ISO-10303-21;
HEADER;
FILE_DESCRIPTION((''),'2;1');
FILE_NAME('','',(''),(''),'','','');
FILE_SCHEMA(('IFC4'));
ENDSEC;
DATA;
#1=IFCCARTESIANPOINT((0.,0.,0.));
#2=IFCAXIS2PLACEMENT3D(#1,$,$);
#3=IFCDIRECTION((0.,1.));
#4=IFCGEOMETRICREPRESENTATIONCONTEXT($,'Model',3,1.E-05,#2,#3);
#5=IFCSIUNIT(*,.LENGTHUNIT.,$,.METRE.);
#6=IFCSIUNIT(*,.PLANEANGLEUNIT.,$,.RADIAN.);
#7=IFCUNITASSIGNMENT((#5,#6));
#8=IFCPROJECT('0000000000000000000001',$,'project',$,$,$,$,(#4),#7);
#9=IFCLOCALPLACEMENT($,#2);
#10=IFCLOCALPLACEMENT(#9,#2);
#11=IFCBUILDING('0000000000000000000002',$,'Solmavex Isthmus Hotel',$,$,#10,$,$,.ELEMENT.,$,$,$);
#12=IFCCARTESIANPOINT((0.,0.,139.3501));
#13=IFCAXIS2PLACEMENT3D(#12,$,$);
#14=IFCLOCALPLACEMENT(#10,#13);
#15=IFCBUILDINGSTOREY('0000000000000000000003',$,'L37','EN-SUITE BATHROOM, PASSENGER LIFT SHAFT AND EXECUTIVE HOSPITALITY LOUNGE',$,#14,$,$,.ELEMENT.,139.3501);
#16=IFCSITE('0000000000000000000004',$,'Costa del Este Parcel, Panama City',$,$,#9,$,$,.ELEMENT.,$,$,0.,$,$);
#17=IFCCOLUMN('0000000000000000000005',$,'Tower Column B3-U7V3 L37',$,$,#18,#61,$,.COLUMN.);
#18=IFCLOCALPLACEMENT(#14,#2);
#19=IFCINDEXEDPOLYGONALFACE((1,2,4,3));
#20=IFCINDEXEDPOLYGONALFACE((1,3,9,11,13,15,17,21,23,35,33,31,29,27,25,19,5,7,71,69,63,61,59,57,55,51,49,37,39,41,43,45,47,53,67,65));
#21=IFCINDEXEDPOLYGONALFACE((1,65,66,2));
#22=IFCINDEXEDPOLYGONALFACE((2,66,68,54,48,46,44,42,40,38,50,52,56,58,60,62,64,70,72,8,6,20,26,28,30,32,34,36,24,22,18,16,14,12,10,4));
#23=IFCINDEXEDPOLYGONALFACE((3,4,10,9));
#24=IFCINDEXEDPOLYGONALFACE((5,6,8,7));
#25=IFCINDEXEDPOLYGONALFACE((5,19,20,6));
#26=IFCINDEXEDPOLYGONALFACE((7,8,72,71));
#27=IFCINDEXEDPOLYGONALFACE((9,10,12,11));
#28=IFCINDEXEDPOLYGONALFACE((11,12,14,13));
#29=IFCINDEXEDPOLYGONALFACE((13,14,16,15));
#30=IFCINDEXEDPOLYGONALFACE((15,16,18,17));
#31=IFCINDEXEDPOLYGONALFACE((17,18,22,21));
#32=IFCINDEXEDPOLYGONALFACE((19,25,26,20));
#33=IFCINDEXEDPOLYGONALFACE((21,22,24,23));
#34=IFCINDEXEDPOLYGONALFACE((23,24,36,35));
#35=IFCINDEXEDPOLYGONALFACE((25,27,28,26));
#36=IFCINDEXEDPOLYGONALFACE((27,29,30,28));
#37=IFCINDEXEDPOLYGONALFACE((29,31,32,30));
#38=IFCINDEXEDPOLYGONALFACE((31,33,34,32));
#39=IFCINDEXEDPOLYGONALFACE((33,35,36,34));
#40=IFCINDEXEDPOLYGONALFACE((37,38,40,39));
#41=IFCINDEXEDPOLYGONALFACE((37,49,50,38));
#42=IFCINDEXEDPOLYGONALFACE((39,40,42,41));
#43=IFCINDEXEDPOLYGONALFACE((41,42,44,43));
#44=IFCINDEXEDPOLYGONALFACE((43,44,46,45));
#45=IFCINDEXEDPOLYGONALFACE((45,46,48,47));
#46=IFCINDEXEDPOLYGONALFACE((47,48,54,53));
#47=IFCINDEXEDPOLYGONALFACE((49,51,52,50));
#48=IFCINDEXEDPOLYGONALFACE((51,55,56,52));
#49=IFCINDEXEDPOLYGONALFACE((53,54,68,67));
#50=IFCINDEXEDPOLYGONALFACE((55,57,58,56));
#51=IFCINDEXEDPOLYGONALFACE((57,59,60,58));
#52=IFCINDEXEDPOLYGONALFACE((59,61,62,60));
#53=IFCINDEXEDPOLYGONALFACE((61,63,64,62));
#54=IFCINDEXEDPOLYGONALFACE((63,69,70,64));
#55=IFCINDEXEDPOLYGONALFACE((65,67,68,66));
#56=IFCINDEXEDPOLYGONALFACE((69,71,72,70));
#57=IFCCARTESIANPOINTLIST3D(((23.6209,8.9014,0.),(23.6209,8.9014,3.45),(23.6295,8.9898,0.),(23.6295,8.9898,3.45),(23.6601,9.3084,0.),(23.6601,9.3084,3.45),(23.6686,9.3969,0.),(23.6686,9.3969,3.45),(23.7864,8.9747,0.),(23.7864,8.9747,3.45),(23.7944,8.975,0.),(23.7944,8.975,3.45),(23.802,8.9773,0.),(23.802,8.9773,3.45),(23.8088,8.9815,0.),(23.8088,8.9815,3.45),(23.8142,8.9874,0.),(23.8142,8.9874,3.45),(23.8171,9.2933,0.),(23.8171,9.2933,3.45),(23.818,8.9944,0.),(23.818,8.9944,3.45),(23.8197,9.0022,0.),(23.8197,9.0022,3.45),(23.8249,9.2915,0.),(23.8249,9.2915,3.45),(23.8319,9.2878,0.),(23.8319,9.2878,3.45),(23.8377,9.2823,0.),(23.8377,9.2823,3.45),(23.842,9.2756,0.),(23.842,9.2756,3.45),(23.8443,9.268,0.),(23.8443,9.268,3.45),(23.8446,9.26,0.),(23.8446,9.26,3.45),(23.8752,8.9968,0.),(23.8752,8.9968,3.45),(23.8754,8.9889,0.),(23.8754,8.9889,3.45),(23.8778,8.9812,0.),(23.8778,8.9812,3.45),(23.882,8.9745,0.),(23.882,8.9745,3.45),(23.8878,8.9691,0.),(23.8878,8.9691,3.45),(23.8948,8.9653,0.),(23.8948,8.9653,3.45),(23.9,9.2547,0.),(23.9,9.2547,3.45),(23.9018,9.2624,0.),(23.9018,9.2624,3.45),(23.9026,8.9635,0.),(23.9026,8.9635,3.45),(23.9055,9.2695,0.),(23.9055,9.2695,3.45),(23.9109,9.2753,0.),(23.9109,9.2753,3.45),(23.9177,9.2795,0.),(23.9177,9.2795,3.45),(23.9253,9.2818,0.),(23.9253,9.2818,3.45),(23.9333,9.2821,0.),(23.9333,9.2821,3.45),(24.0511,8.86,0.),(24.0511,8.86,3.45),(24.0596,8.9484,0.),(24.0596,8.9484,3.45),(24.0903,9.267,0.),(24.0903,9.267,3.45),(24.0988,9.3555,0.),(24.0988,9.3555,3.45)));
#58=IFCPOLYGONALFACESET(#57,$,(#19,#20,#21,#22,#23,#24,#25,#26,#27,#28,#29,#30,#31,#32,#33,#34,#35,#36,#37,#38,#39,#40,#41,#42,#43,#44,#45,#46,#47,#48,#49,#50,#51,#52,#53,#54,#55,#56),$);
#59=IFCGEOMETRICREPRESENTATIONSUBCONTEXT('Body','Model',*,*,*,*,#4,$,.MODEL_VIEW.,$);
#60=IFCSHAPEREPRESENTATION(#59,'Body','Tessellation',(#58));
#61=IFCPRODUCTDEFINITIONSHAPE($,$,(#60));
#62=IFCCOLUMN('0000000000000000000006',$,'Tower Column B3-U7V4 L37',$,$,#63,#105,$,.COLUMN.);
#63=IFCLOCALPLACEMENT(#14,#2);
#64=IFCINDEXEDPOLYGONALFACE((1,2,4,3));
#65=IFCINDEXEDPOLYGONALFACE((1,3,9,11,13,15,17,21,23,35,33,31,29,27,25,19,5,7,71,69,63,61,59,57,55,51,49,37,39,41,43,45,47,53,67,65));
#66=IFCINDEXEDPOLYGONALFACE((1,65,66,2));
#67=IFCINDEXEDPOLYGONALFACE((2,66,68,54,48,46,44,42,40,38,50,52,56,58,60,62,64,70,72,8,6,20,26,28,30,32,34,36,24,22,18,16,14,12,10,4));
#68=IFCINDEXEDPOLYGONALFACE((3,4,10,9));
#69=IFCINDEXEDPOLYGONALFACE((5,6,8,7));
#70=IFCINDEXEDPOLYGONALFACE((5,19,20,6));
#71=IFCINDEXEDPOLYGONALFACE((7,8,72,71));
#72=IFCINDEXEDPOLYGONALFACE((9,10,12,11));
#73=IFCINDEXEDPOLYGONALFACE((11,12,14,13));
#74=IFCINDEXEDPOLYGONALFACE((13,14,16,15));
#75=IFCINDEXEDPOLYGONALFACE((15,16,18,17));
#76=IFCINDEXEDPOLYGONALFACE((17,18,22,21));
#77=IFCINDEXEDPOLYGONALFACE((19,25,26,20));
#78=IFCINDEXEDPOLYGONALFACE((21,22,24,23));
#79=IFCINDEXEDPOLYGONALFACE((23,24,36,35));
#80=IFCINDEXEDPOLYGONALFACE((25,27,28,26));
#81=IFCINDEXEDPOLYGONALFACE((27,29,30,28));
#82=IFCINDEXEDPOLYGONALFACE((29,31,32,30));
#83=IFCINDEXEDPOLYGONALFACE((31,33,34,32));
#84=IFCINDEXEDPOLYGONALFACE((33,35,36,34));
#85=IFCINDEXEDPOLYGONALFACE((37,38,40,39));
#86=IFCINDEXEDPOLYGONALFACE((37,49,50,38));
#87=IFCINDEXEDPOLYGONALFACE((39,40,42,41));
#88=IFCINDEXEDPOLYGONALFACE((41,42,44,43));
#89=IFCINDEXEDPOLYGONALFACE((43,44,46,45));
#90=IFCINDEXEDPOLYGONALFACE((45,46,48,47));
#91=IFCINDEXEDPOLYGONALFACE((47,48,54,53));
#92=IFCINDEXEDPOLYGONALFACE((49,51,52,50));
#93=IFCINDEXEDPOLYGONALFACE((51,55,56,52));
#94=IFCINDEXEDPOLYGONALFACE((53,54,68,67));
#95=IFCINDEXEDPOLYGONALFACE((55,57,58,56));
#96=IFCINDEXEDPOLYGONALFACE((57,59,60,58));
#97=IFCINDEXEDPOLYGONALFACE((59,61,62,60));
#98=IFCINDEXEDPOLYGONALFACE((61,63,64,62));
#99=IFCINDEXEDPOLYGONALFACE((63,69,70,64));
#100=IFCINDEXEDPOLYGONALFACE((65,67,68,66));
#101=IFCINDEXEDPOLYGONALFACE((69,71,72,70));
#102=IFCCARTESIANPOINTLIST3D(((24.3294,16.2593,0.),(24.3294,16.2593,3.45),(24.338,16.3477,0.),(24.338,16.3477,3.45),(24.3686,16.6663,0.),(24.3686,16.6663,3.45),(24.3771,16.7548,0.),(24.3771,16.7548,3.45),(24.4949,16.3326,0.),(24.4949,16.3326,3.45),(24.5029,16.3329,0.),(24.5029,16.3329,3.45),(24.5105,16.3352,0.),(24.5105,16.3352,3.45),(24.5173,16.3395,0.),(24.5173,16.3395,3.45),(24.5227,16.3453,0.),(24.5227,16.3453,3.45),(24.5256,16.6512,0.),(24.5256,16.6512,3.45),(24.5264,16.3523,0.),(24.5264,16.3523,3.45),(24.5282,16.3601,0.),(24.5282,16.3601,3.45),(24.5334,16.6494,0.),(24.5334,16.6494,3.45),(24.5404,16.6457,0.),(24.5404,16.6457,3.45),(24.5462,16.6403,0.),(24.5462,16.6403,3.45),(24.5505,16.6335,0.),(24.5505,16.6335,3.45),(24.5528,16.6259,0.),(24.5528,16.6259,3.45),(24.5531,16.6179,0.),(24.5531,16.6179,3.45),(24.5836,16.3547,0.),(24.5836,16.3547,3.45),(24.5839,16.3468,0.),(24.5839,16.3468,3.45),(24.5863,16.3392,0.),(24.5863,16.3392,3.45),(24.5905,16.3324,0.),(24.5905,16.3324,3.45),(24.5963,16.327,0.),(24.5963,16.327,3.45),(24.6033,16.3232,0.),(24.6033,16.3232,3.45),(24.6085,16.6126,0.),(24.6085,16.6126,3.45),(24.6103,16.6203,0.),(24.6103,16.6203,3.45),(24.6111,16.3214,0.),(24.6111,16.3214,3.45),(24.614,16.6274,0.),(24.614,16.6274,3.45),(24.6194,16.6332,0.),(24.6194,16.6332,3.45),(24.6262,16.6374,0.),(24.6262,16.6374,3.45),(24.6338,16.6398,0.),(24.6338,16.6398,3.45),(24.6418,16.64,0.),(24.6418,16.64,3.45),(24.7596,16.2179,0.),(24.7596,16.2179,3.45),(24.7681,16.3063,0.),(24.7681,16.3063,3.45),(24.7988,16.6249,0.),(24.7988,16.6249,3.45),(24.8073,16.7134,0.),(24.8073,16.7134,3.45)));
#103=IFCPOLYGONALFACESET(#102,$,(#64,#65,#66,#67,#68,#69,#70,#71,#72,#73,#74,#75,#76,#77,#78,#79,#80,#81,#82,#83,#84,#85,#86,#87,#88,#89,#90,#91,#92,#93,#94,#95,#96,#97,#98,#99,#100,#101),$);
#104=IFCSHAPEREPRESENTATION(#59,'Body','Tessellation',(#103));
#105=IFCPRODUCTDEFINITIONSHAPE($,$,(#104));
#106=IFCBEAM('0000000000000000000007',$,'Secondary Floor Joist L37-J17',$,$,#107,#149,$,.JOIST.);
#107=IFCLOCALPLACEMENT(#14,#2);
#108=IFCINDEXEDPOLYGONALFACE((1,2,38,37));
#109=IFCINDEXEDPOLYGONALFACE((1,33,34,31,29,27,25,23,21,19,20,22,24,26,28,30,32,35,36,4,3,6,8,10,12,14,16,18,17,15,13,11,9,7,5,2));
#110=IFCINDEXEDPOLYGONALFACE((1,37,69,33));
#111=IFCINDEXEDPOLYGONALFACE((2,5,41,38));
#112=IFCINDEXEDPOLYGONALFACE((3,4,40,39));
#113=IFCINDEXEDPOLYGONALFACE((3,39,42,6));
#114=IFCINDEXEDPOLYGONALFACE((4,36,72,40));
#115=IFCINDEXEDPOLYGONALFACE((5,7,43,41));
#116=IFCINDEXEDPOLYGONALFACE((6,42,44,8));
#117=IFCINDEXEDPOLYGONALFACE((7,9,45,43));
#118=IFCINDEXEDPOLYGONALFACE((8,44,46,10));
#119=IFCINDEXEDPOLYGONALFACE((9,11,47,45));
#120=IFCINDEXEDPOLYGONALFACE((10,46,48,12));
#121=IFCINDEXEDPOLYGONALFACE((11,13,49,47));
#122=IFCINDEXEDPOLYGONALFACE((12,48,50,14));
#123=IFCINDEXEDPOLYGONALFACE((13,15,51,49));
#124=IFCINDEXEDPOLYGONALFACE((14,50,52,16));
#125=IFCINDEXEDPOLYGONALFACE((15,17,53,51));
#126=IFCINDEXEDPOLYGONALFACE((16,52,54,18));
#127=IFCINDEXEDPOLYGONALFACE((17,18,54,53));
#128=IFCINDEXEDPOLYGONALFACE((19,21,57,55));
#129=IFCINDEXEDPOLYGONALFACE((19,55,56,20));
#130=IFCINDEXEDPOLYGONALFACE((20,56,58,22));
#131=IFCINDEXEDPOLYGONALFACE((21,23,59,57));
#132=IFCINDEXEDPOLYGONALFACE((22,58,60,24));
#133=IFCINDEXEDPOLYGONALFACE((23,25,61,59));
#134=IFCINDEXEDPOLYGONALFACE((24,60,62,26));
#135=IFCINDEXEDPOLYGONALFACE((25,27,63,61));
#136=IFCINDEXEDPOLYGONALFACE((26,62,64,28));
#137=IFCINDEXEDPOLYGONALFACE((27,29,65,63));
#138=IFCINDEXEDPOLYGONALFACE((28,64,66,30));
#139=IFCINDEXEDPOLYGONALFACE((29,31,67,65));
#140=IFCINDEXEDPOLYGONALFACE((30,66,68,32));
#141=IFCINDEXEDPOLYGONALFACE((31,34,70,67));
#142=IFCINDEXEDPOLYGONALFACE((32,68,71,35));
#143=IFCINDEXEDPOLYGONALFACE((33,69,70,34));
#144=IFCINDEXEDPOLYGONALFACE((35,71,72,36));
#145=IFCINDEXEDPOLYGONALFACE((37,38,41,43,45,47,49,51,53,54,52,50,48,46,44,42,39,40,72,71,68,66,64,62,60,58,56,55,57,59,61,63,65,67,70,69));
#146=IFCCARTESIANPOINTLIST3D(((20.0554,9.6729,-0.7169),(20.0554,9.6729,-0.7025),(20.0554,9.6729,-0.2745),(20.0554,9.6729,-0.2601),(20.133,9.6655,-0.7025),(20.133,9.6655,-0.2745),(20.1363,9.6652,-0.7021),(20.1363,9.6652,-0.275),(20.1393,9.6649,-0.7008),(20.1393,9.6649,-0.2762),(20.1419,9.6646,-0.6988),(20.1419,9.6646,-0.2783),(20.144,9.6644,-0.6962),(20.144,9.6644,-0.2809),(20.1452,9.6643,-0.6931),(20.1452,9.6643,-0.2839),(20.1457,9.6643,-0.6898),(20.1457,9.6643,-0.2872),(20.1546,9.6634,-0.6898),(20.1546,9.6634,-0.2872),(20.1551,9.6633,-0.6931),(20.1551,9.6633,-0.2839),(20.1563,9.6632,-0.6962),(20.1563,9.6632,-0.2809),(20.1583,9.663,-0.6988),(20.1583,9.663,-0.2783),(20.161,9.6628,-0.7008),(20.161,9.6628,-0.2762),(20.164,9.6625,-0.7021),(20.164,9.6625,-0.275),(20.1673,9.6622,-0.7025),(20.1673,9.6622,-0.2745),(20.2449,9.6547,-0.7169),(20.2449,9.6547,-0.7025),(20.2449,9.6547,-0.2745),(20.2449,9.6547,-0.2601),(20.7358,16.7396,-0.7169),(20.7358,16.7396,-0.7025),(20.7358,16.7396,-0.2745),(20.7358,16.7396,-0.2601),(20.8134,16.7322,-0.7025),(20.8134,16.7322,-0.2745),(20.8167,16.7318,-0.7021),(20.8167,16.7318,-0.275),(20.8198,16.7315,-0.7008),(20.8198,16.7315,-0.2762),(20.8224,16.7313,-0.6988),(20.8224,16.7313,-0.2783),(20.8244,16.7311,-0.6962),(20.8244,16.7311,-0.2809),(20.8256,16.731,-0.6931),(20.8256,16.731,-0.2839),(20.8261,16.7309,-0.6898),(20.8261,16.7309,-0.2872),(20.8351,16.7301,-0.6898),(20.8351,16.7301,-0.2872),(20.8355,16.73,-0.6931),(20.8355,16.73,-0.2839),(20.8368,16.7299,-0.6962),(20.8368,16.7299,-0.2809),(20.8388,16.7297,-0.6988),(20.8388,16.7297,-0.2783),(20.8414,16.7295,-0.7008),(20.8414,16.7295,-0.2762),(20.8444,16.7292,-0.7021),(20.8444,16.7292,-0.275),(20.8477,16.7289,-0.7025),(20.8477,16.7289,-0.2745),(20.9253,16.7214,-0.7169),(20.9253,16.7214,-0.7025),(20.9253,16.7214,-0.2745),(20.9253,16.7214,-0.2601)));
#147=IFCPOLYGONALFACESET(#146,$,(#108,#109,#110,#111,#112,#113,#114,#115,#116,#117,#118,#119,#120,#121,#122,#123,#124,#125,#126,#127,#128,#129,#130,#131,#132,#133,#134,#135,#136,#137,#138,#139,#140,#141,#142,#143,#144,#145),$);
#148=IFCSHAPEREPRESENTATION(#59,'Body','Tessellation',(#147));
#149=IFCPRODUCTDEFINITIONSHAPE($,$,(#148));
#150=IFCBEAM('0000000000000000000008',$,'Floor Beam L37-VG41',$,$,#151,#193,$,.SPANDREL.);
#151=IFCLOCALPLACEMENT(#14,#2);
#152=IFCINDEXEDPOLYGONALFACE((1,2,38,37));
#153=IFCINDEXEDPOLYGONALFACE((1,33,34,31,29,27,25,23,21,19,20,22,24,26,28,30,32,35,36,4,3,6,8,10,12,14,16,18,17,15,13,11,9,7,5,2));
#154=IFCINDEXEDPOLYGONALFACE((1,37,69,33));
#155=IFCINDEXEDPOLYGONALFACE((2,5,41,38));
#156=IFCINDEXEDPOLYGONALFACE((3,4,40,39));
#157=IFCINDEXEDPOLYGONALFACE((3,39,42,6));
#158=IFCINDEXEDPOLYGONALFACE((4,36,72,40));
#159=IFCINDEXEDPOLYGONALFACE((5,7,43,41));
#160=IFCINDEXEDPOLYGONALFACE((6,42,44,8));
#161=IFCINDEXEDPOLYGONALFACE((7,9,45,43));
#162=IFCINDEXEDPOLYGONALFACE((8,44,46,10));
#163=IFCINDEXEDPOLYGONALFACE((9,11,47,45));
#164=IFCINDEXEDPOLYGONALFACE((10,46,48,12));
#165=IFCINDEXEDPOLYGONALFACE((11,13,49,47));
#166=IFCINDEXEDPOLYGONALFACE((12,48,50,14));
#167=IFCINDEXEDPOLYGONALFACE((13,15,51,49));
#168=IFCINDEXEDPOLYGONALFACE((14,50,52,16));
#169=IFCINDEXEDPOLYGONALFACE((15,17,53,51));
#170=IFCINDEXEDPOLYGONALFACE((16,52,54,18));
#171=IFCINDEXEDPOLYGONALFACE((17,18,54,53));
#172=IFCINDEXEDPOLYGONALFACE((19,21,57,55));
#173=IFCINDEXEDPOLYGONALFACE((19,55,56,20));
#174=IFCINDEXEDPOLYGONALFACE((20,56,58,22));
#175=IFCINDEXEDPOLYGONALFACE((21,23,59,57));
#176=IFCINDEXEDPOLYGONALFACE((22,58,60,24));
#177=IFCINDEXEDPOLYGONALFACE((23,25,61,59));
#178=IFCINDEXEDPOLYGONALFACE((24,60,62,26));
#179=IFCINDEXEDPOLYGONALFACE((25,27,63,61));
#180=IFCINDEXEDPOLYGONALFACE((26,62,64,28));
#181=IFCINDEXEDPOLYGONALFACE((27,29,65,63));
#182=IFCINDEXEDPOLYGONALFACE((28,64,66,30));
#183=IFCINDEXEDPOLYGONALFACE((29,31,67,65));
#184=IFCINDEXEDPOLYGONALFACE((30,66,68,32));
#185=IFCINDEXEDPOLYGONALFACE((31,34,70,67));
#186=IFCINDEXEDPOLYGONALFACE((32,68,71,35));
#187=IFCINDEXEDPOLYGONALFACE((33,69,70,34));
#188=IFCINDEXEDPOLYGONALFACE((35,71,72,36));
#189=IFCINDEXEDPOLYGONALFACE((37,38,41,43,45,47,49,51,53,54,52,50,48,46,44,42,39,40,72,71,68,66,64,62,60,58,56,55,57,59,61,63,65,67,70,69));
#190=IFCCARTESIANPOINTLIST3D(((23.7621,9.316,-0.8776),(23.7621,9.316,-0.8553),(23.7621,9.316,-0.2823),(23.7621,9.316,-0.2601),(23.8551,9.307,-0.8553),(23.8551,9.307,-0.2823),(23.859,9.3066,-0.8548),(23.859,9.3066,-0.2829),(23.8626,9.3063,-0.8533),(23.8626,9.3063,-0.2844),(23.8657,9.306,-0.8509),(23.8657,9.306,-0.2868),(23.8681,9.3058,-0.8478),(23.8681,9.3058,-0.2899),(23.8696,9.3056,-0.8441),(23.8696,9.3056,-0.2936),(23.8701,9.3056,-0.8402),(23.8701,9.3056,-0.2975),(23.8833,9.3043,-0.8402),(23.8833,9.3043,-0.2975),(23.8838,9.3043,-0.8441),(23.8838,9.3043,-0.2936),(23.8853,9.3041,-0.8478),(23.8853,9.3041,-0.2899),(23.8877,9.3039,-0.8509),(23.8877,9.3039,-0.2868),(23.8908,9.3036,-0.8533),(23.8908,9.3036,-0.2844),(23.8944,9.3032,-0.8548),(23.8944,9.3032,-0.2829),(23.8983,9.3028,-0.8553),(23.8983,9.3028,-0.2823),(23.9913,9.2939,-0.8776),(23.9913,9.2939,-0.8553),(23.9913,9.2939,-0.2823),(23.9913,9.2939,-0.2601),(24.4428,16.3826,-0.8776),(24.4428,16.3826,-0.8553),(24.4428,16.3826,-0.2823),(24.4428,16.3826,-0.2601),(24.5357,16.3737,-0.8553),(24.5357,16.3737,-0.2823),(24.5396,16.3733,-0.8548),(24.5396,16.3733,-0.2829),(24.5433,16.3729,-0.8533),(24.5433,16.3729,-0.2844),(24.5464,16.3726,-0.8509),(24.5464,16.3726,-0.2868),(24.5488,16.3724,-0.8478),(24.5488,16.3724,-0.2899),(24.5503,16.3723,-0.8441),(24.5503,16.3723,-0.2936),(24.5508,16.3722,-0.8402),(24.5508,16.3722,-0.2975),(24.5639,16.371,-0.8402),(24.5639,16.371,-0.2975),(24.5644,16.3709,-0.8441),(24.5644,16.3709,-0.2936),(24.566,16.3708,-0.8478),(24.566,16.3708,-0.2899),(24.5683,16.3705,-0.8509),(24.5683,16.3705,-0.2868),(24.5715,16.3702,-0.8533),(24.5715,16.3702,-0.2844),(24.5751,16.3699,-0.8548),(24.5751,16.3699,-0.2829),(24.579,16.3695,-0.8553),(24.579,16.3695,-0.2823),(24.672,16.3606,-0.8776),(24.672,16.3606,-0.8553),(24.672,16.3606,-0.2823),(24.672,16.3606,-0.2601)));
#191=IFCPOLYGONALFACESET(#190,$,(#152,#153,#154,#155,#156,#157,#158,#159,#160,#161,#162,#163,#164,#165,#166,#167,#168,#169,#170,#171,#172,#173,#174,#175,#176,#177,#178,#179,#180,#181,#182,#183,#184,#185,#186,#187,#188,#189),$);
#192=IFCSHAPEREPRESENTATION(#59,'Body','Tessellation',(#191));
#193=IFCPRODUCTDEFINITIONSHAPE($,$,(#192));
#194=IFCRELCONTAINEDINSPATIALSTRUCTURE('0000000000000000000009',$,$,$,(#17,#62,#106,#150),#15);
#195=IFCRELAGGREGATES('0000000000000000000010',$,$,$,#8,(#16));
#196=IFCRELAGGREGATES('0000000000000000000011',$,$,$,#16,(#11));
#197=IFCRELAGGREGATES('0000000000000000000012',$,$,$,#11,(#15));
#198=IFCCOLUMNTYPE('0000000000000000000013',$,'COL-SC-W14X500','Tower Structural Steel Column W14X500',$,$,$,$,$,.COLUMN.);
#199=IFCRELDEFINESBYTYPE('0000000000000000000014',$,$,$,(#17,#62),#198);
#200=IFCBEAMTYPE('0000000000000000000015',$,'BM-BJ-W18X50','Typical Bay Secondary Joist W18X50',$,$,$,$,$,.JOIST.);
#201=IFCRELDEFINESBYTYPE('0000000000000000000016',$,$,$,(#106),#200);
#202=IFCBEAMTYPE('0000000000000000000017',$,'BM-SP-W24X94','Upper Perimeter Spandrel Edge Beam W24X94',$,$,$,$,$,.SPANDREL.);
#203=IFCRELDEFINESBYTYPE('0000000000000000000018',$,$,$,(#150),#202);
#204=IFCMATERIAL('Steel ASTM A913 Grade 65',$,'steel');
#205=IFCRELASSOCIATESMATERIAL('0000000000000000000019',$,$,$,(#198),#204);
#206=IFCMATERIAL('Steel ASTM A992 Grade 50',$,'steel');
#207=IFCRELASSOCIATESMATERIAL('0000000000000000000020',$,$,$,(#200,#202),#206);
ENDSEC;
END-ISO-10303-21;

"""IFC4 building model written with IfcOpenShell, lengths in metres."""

from ifc_helpers import new_model, si_unit, direction, frame, origin, origin_2d, place, context, subcontext, project, spatial, i_section, extrude, material, material_profile, profile_set, type_object, element, save


model = new_model("IFC4")

# Units and contexts
model_context = context("Model", 3, precision=1e-05, world=origin(), true_north=direction((0.0, 1.0)))
body_context = subcontext(model_context, "Body", "Model", "MODEL_VIEW")
ifc_project = project(units=[si_unit("LENGTHUNIT", "METRE"), si_unit("PLANEANGLEUNIT", "RADIAN")], contexts=[model_context])

# Site, building, storey
site_placement = place(None, origin())
site = spatial("IfcSite", under=ifc_project, at=site_placement, Name="Costa del Este Parcel, Panama City", CompositionType="ELEMENT", RefElevation=0.0)
building_placement = place(site_placement, origin())
building = spatial("IfcBuilding", under=site, at=building_placement, Name="Solmavex Isthmus Hotel", CompositionType="ELEMENT")
storey_placement = place(building_placement, frame((0.0, 0.0, 139.3501)))
storey = spatial("IfcBuildingStorey", under=building, at=storey_placement, Name="L37", Description="EN-SUITE BATHROOM, PASSENGER LIFT SHAFT AND EXECUTIVE HOSPITALITY LOUNGE", CompositionType="ELEMENT", Elevation=139.3501)

# Columns
ifc_material_1 = material(Name="Steel ASTM A913 Grade 65", Category="steel")
ifc_material_profile_1 = material_profile(ifc_material_1, i_section(OverallWidth=0.4321, OverallDepth=0.4978, WebThickness=0.0557, FlangeThickness=0.0889, FilletRadius=0.0305, at=origin_2d()), Name="W14X500")
ifc_profile_set_1 = profile_set([ifc_material_profile_1], Name="Steel ASTM A913 Grade 65")
column_type = type_object("IfcColumnType", Name="COL-SC-W14X500", Description="Tower Structural Steel Column W14X500", PredefinedType="COLUMN", material=ifc_profile_set_1)
for number, where, z_axis, x_axis, name in (
    (1, (23.8599, 9.1284, 0.0), (0.0, 0.0, 1.0), (0.995396, -0.095846, 0.0), "Tower Column B3-U7V3 L37"),
    (2, (24.5684, 16.4863, 0.0), (0.0, 0.0, 1.0), (0.995396, -0.095846, 0.0), "Tower Column B3-U7V4 L37"),
):
    element("IfcColumn", number, at=place(storey_placement, frame(where, z_axis=z_axis, x_axis=x_axis)), inside=storey, type_object=column_type, Name=name, PredefinedType="COLUMN", context=body_context, shape_type="SweptSolid", body=[
        extrude(i_section(OverallWidth=0.4321, OverallDepth=0.4978, WebThickness=0.0557, FlangeThickness=0.0889, FilletRadius=0.0305, at=origin_2d()), origin(), (0.0, 0.0, 1.0), 3.45),
    ])

# Beams
ifc_material_2 = material(Name="Steel ASTM A992 Grade 50", Category="steel")
ifc_material_profile_2 = material_profile(ifc_material_2, i_section(OverallWidth=0.1904, OverallDepth=0.4568, WebThickness=0.009, FlangeThickness=0.0144, FilletRadius=0.0127, at=origin_2d()), Name="W18X50")
ifc_profile_set_2 = profile_set([ifc_material_profile_2], Name="Steel ASTM A992 Grade 50")
beam_type_1 = type_object("IfcBeamType", Name="BM-BJ-W18X50", Description="Typical Bay Secondary Joist W18X50", PredefinedType="JOIST", material=ifc_profile_set_2)
beam_1_placement = place(storey_placement, frame((20.1501, 9.6638, -0.4885), z_axis=(0.095843, 0.995396, 0.0), x_axis=(-0.995396, 0.095843, 0.0)))
element("IfcBeam", 3, at=beam_1_placement, inside=storey, type_object=beam_type_1, Name="Secondary Floor Joist L37-J17", PredefinedType="JOIST", context=body_context, shape_type="SweptSolid", body=[
    extrude(i_section(OverallWidth=0.1904, OverallDepth=0.4568, WebThickness=0.009, FlangeThickness=0.0144, FilletRadius=0.0127, at=origin_2d()), origin(), (0.0, 0.0, 1.0), 7.0994),
])
ifc_material_profile_3 = material_profile(ifc_material_2, i_section(OverallWidth=0.2302, OverallDepth=0.6174, WebThickness=0.0132, FlangeThickness=0.0222, FilletRadius=0.0151, at=origin_2d()), Name="W24X94")
ifc_profile_set_3 = profile_set([ifc_material_profile_3], Name="Steel ASTM A992 Grade 50")
beam_type_2 = type_object("IfcBeamType", Name="BM-SP-W24X94", Description="Upper Perimeter Spandrel Edge Beam W24X94", PredefinedType="SPANDREL", material=ifc_profile_set_3)
beam_2_placement = place(storey_placement, frame((23.8767, 9.3049, -0.5688), z_axis=(0.095877, 0.995393, 0.0), x_axis=(-0.995393, 0.095877, 0.0)))
element("IfcBeam", 4, at=beam_2_placement, inside=storey, type_object=beam_type_2, Name="Floor Beam L37-VG41", PredefinedType="SPANDREL", context=body_context, shape_type="SweptSolid", body=[
    extrude(i_section(OverallWidth=0.2302, OverallDepth=0.6174, WebThickness=0.0132, FlangeThickness=0.0222, FilletRadius=0.0151, at=origin_2d()), origin(), (0.0, 0.0, 1.0), 7.0994),
])

save(model, "model.ifc")
